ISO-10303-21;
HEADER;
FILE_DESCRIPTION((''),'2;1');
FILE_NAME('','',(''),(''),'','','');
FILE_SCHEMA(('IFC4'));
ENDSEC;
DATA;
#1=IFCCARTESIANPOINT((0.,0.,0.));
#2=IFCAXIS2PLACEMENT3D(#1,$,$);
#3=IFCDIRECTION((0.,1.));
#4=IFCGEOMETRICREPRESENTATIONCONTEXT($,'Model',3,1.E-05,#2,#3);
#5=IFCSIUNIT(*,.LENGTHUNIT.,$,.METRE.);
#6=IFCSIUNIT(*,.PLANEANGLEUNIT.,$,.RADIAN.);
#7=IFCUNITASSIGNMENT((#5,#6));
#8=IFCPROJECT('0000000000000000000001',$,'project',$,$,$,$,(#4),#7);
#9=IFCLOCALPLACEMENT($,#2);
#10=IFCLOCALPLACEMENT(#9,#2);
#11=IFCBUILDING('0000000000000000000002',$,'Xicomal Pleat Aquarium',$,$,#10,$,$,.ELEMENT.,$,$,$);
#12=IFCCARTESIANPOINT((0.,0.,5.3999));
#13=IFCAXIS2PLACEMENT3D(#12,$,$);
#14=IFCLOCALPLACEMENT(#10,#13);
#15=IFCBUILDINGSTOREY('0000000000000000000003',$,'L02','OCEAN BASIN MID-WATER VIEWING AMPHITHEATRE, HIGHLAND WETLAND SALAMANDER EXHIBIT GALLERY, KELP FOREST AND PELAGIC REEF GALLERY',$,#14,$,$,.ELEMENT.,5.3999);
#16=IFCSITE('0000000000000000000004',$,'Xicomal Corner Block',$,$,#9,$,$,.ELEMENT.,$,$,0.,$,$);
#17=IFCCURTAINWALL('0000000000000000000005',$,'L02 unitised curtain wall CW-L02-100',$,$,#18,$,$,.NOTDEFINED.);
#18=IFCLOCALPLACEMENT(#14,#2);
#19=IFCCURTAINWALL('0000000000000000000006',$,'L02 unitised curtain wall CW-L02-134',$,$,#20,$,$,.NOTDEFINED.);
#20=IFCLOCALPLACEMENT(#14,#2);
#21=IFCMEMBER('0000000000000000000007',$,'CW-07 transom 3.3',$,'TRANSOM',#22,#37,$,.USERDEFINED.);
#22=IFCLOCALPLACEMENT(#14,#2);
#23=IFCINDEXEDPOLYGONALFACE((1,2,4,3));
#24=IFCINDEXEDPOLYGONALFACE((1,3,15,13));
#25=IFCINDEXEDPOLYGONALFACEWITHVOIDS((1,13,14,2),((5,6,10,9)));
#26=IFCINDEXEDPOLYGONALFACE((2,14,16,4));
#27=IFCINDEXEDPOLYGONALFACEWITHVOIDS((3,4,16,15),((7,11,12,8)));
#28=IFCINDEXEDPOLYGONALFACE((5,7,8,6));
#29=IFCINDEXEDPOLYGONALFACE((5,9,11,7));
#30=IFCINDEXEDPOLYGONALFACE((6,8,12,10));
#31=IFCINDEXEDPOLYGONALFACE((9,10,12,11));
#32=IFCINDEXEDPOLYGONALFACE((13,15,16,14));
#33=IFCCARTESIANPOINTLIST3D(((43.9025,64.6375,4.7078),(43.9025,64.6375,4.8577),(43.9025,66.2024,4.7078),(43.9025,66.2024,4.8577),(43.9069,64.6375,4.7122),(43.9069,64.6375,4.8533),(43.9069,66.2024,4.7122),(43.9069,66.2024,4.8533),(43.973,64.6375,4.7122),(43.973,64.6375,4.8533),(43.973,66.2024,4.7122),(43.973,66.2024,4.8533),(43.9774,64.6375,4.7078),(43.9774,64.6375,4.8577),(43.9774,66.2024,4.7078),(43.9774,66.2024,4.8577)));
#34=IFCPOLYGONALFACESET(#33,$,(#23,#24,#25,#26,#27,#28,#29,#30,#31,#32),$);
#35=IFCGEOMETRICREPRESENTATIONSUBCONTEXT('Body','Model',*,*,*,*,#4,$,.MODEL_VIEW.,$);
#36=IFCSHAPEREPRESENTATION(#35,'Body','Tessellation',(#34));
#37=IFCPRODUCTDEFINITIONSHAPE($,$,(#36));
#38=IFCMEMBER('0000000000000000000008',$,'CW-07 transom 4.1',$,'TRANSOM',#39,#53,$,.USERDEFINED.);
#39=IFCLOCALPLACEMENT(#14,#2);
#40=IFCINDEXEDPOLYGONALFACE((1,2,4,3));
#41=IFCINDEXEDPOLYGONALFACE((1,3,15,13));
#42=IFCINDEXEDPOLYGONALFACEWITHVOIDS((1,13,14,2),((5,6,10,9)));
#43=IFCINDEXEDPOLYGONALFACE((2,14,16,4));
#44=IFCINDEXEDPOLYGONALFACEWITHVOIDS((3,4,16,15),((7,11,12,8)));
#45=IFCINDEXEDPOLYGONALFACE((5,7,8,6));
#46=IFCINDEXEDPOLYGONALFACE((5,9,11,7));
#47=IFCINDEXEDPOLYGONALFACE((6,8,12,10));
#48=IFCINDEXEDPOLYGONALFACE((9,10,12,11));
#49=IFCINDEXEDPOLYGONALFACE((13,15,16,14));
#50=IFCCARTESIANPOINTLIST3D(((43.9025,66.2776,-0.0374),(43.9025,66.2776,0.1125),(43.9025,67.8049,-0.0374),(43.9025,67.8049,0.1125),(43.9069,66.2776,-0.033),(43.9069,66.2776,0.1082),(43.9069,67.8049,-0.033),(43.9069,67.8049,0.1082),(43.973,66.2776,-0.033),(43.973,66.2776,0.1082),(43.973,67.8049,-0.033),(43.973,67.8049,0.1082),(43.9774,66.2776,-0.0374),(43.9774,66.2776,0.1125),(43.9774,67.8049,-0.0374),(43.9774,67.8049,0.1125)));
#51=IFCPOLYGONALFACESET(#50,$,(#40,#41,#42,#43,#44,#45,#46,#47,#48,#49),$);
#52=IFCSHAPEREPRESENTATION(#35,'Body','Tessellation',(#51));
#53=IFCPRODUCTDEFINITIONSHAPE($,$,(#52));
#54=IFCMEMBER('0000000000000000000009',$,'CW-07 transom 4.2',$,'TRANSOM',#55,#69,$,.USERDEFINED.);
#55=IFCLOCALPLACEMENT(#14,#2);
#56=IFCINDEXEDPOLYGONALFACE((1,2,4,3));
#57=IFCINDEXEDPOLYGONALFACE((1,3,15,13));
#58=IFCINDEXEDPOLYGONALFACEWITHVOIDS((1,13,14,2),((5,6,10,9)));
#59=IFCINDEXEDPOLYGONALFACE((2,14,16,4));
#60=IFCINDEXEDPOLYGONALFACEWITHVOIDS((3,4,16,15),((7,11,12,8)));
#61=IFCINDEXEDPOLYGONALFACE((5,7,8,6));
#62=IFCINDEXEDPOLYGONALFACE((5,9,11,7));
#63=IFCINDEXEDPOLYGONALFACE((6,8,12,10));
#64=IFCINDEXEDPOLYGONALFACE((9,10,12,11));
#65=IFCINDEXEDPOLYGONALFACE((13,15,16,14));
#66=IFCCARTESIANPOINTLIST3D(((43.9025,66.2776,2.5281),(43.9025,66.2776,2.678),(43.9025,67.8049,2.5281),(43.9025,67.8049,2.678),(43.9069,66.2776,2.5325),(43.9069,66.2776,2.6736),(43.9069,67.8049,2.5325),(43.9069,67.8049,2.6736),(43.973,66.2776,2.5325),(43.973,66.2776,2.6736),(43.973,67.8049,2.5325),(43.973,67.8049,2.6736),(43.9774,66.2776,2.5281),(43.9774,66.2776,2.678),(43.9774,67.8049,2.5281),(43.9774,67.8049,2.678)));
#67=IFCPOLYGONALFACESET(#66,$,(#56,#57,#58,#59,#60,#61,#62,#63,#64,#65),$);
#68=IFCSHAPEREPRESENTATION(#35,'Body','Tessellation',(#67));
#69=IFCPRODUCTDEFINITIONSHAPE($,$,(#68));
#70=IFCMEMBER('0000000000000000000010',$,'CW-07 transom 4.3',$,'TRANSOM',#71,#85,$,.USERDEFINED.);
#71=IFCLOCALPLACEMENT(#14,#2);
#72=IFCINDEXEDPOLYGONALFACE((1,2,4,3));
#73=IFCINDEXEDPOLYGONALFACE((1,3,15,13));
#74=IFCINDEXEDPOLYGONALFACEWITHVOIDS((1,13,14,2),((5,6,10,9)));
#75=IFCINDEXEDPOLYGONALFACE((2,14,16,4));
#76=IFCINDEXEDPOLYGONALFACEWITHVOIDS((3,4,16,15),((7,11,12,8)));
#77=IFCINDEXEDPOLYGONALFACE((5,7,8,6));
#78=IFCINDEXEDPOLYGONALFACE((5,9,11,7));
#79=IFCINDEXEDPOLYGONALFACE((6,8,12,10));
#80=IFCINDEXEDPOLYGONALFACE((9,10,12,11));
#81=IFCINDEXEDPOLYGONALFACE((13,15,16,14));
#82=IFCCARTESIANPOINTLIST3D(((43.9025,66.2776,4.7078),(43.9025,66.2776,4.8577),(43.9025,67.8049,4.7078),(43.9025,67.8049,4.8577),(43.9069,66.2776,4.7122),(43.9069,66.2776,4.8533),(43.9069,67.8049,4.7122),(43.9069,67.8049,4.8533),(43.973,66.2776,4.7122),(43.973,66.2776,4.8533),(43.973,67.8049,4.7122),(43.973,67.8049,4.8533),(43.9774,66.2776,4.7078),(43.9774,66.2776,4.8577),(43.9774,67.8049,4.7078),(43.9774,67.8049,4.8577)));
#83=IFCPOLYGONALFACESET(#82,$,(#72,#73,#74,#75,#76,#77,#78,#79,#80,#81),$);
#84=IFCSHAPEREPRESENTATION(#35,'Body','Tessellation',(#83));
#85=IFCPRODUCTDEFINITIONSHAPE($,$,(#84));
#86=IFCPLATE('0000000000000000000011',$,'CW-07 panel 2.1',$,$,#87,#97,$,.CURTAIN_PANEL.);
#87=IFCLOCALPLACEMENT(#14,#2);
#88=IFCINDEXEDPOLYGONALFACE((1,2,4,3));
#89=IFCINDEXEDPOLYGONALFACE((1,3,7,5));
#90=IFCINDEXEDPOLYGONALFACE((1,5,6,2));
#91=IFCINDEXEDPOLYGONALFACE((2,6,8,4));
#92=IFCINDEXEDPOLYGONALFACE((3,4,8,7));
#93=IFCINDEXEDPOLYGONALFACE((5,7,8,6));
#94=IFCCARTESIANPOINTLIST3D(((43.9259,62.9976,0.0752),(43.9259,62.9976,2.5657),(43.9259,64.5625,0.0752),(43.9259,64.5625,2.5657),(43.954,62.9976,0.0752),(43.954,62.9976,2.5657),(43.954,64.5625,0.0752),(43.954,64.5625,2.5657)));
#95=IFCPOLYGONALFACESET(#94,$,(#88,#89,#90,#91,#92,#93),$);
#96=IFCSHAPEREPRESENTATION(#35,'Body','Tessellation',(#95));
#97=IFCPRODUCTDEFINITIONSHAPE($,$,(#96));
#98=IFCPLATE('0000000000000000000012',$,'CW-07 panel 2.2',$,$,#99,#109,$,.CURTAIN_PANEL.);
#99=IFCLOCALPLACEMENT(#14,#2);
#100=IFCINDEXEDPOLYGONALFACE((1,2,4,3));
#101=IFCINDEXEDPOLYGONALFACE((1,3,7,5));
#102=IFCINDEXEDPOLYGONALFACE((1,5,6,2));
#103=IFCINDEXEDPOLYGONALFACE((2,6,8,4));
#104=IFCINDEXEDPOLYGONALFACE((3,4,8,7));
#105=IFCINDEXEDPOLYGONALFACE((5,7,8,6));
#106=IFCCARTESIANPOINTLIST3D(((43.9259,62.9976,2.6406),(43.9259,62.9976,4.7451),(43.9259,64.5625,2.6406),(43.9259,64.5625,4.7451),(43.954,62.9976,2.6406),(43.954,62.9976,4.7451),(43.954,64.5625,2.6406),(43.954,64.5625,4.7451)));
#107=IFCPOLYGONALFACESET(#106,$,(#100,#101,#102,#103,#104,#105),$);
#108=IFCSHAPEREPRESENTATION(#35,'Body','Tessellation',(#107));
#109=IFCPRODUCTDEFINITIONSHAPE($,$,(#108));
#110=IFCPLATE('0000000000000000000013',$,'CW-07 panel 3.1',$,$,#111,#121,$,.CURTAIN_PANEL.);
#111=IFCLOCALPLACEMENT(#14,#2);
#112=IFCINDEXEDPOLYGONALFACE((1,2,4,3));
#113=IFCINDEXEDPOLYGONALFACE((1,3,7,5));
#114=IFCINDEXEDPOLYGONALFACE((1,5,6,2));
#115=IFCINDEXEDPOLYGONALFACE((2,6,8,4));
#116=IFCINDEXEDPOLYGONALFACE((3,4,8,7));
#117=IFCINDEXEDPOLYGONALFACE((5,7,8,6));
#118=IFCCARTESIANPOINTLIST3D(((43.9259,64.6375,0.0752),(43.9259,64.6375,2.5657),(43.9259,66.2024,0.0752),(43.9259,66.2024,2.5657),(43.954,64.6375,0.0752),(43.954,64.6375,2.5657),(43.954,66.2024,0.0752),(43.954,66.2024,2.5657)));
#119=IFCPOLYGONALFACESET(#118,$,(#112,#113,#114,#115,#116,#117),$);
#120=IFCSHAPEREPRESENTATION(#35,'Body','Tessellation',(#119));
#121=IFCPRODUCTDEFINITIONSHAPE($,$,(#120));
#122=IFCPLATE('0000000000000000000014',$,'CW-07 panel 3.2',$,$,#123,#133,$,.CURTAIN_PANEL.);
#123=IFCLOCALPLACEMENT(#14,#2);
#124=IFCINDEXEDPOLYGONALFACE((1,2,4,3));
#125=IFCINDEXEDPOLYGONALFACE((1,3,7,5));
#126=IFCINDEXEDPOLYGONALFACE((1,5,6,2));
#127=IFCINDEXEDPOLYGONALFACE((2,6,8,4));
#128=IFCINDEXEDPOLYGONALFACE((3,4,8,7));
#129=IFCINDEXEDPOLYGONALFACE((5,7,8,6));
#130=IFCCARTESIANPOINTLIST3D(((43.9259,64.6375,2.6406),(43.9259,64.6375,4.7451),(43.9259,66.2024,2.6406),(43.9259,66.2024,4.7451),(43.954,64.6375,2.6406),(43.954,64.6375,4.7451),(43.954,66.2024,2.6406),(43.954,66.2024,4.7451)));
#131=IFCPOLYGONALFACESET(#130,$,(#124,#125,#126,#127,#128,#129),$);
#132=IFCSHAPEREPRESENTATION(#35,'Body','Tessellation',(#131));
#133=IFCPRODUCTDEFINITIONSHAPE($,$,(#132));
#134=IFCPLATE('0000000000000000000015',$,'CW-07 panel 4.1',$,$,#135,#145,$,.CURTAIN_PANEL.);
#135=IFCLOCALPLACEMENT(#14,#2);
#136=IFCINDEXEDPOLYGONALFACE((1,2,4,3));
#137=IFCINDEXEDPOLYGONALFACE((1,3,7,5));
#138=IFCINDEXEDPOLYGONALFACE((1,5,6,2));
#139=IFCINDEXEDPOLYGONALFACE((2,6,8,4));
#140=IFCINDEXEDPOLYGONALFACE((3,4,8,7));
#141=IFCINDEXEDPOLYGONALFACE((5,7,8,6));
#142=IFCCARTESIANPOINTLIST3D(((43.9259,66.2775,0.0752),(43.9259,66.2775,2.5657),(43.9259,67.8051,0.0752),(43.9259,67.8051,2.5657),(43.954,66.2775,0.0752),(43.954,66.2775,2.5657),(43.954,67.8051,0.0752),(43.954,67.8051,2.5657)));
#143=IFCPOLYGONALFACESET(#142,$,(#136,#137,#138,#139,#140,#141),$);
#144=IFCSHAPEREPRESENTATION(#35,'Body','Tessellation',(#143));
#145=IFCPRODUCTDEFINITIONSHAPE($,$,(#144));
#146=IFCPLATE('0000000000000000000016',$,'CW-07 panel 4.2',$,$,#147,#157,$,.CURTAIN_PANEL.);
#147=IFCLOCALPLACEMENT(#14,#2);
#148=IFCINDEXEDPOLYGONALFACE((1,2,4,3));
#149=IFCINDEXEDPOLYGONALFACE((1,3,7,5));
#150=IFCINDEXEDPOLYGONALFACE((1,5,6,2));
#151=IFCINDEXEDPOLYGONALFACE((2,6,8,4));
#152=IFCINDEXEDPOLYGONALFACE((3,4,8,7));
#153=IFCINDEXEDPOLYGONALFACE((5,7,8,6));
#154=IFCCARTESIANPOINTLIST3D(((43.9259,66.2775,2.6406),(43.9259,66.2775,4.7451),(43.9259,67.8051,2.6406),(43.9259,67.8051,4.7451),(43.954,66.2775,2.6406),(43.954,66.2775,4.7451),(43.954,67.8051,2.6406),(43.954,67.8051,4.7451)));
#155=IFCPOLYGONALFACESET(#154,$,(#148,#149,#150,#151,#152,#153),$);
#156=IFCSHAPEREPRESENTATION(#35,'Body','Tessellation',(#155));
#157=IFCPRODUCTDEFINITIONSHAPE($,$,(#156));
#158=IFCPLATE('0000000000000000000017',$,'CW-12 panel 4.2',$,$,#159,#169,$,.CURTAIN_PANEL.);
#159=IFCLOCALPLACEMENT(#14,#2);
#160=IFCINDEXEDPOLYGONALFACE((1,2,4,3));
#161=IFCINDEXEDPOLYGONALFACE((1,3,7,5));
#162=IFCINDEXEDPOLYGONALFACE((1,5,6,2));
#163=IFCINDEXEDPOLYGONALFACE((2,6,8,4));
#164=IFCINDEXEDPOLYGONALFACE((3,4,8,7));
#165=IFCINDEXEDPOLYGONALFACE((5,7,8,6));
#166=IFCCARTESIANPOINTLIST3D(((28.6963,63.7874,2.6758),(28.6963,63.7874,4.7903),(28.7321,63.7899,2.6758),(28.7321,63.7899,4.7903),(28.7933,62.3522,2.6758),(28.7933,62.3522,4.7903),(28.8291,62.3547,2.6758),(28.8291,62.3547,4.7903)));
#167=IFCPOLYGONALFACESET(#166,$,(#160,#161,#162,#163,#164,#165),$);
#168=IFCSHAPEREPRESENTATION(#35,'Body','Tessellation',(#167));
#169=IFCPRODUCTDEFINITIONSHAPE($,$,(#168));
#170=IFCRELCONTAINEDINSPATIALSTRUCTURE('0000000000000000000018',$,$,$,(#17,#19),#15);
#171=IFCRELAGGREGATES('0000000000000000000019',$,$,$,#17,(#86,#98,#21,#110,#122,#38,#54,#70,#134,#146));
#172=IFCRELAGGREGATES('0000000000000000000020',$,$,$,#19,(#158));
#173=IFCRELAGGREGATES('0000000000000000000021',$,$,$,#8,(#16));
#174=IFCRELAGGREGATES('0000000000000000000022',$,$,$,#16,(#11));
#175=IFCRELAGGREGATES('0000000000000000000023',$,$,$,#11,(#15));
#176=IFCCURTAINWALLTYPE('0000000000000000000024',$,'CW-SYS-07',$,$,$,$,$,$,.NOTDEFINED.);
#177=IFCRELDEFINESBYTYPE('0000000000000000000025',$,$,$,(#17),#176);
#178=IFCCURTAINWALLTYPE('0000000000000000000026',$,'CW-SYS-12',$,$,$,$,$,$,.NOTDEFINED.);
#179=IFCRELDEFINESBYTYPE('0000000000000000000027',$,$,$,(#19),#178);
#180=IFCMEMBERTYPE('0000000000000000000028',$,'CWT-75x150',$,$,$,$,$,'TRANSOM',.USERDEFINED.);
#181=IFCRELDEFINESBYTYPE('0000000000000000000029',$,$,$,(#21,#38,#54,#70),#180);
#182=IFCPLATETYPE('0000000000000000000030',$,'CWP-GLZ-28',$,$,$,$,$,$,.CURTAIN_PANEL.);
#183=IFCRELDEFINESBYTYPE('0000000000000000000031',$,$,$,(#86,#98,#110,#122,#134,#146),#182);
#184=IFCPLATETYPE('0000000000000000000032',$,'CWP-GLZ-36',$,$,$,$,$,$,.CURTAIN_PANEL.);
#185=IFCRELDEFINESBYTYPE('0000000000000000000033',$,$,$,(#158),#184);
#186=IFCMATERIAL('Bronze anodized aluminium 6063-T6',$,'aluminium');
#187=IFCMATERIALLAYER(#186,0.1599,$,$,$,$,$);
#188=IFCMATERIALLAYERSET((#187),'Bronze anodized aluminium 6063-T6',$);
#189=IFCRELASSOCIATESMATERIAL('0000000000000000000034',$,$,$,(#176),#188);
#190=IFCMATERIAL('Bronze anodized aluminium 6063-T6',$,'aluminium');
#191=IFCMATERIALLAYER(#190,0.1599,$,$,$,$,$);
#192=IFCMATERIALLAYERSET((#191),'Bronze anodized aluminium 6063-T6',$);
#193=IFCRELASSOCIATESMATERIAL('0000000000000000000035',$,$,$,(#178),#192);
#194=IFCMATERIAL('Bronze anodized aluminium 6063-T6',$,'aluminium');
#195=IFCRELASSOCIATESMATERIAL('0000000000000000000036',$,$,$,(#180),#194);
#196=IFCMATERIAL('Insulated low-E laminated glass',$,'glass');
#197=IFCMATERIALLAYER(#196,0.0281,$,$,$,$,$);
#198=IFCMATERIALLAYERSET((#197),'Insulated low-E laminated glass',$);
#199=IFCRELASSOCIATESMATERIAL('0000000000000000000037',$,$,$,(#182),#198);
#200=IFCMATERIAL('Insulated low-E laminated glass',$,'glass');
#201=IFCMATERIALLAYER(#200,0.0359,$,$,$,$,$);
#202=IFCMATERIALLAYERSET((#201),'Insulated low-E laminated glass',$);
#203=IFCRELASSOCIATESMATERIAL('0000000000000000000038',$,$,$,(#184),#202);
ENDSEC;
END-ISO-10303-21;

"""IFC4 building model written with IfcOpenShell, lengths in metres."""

from ifc_helpers import new_model, si_unit, direction, frame, origin, origin_2d, place, context, subcontext, project, spatial, rectangle, hollow_rectangle, extrude, material, layer, layer_set, material_profile, profile_set, type_object, element, aggregate, save


model = new_model("IFC4")

# Units and contexts
model_context = context("Model", 3, precision=1e-05, world=origin(), true_north=direction((0.0, 1.0)))
body_context = subcontext(model_context, "Body", "Model", "MODEL_VIEW")
ifc_project = project(units=[si_unit("LENGTHUNIT", "METRE"), si_unit("PLANEANGLEUNIT", "RADIAN")], contexts=[model_context])

# Site, building, storey
site_placement = place(None, origin())
site = spatial("IfcSite", under=ifc_project, at=site_placement, Name="Xicomal Corner Block", CompositionType="ELEMENT", RefElevation=0.0)
building_placement = place(site_placement, origin())
building = spatial("IfcBuilding", under=site, at=building_placement, Name="Xicomal Pleat Aquarium", CompositionType="ELEMENT")
storey_placement = place(building_placement, frame((0.0, 0.0, 5.3999)))
storey = spatial("IfcBuildingStorey", under=building, at=storey_placement, Name="L02", Description="OCEAN BASIN MID-WATER VIEWING AMPHITHEATRE, HIGHLAND WETLAND SALAMANDER EXHIBIT GALLERY, KELP FOREST AND PELAGIC REEF GALLERY", CompositionType="ELEMENT", Elevation=5.3999)

# Curtain wall
ifc_material_1 = material(Name="Bronze anodized aluminium 6063-T6", Category="aluminium")
ifc_layer_1 = layer(ifc_material_1, 0.1599)
ifc_layer_set_1 = layer_set([ifc_layer_1], Name="Bronze anodized aluminium 6063-T6")
curtain_wall_type_1 = type_object("IfcCurtainWallType", Name="CW-SYS-07", PredefinedType="NOTDEFINED", material=ifc_layer_set_1)
curtain_wall_1_placement = place(storey_placement, origin())
curtain_wall_1 = element("IfcCurtainWall", 1, at=curtain_wall_1_placement, inside=storey, type_object=curtain_wall_type_1, Name="L02 unitised curtain wall CW-L02-100", PredefinedType="NOTDEFINED")

# Curtain wall
ifc_material_2 = material(Name="Bronze anodized aluminium 6063-T6", Category="aluminium")
ifc_layer_2 = layer(ifc_material_2, 0.1599)
ifc_layer_set_2 = layer_set([ifc_layer_2], Name="Bronze anodized aluminium 6063-T6")
curtain_wall_type_2 = type_object("IfcCurtainWallType", Name="CW-SYS-12", PredefinedType="NOTDEFINED", material=ifc_layer_set_2)
curtain_wall_2_placement = place(storey_placement, origin())
curtain_wall_2 = element("IfcCurtainWall", 2, at=curtain_wall_2_placement, inside=storey, type_object=curtain_wall_type_2, Name="L02 unitised curtain wall CW-L02-134", PredefinedType="NOTDEFINED")

# Members
ifc_material_3 = material(Name="Bronze anodized aluminium 6063-T6", Category="aluminium")
ifc_material_profile_1 = material_profile(ifc_material_3, hollow_rectangle(XDim=0.075, YDim=0.1499, WallThickness=0.0044, at=origin_2d()), Name="ALU TRAN 75x150")
ifc_profile_set_1 = profile_set([ifc_material_profile_1], Name="Bronze anodized aluminium 6063-T6")
member_type_1 = type_object("IfcMemberType", Name="CWT-75x150", ElementType="TRANSOM", PredefinedType="USERDEFINED", material=ifc_profile_set_1)
member_1_placement = place(storey_placement, frame((43.9399, 64.6375, 4.7827), z_axis=(0.0, 1.0, 0.0), x_axis=(-1.0, 0.0, 0.0)))
member_1 = element("IfcMember", 3, at=member_1_placement, type_object=member_type_1, Name="CW-07 transom 3.3", ObjectType="TRANSOM", PredefinedType="USERDEFINED", context=body_context, shape_type="SweptSolid", body=[
    extrude(hollow_rectangle(XDim=0.075, YDim=0.1499, WallThickness=0.0044, at=origin_2d()), origin(), (0.0, 0.0, 1.0), 1.5649),
])
member_2_placement = place(storey_placement, frame((43.9399, 66.2776, 0.0376), z_axis=(0.0, 1.0, 0.0), x_axis=(-1.0, 0.0, 0.0)))
member_2 = element("IfcMember", 4, at=member_2_placement, type_object=member_type_1, Name="CW-07 transom 4.1", ObjectType="TRANSOM", PredefinedType="USERDEFINED", context=body_context, shape_type="SweptSolid", body=[
    extrude(hollow_rectangle(XDim=0.075, YDim=0.1499, WallThickness=0.0044, at=origin_2d()), origin(), (0.0, 0.0, 1.0), 1.5273),
])
member_3_placement = place(storey_placement, frame((43.9399, 66.2776, 2.603), z_axis=(0.0, 1.0, 0.0), x_axis=(-1.0, 0.0, 0.0)))
member_3 = element("IfcMember", 5, at=member_3_placement, type_object=member_type_1, Name="CW-07 transom 4.2", ObjectType="TRANSOM", PredefinedType="USERDEFINED", context=body_context, shape_type="SweptSolid", body=[
    extrude(hollow_rectangle(XDim=0.075, YDim=0.1499, WallThickness=0.0044, at=origin_2d()), origin(), (0.0, 0.0, 1.0), 1.5273),
])
member_4_placement = place(storey_placement, frame((43.9399, 66.2776, 4.7827), z_axis=(0.0, 1.0, 0.0), x_axis=(-1.0, 0.0, 0.0)))
member_4 = element("IfcMember", 6, at=member_4_placement, type_object=member_type_1, Name="CW-07 transom 4.3", ObjectType="TRANSOM", PredefinedType="USERDEFINED", context=body_context, shape_type="SweptSolid", body=[
    extrude(hollow_rectangle(XDim=0.075, YDim=0.1499, WallThickness=0.0044, at=origin_2d()), origin(), (0.0, 0.0, 1.0), 1.5273),
])

# Plates
ifc_material_4 = material(Name="Insulated low-E laminated glass", Category="glass")
ifc_layer_3 = layer(ifc_material_4, 0.0281)
ifc_layer_set_3 = layer_set([ifc_layer_3], Name="Insulated low-E laminated glass")
plate_type_1 = type_object("IfcPlateType", Name="CWP-GLZ-28", PredefinedType="CURTAIN_PANEL", material=ifc_layer_set_3)
plate_1_placement = place(storey_placement, frame((43.9399, 63.78, 0.0752), z_axis=(0.0, 0.0, 1.0), x_axis=(0.0, 1.0, 0.0)))
plate_1 = element("IfcPlate", 7, at=plate_1_placement, type_object=plate_type_1, Name="CW-07 panel 2.1", PredefinedType="CURTAIN_PANEL", context=body_context, shape_type="SweptSolid", body=[
    extrude(rectangle(XDim=1.5649, YDim=0.0281, at=origin_2d()), origin(), (0.0, 0.0, 1.0), 2.4905),
])
plate_2_placement = place(storey_placement, frame((43.9399, 63.78, 2.6406), z_axis=(0.0, 0.0, 1.0), x_axis=(0.0, 1.0, 0.0)))
plate_2 = element("IfcPlate", 8, at=plate_2_placement, type_object=plate_type_1, Name="CW-07 panel 2.2", PredefinedType="CURTAIN_PANEL", context=body_context, shape_type="SweptSolid", body=[
    extrude(rectangle(XDim=1.5649, YDim=0.0281, at=origin_2d()), origin(), (0.0, 0.0, 1.0), 2.1045),
])
plate_3_placement = place(storey_placement, frame((43.9399, 65.4199, 0.0752), z_axis=(0.0, 0.0, 1.0), x_axis=(0.0, 1.0, 0.0)))
plate_3 = element("IfcPlate", 9, at=plate_3_placement, type_object=plate_type_1, Name="CW-07 panel 3.1", PredefinedType="CURTAIN_PANEL", context=body_context, shape_type="SweptSolid", body=[
    extrude(rectangle(XDim=1.5649, YDim=0.0281, at=origin_2d()), origin(), (0.0, 0.0, 1.0), 2.4905),
])
plate_4_placement = place(storey_placement, frame((43.9399, 65.4199, 2.6406), z_axis=(0.0, 0.0, 1.0), x_axis=(0.0, 1.0, 0.0)))
plate_4 = element("IfcPlate", 10, at=plate_4_placement, type_object=plate_type_1, Name="CW-07 panel 3.2", PredefinedType="CURTAIN_PANEL", context=body_context, shape_type="SweptSolid", body=[
    extrude(rectangle(XDim=1.5649, YDim=0.0281, at=origin_2d()), origin(), (0.0, 0.0, 1.0), 2.1045),
])
plate_5_placement = place(storey_placement, frame((43.9399, 67.0413, 0.0752), z_axis=(0.0, 0.0, 1.0), x_axis=(0.0, 1.0, 0.0)))
plate_5 = element("IfcPlate", 11, at=plate_5_placement, type_object=plate_type_1, Name="CW-07 panel 4.1", PredefinedType="CURTAIN_PANEL", context=body_context, shape_type="SweptSolid", body=[
    extrude(rectangle(XDim=1.5276, YDim=0.0281, at=origin_2d()), origin(), (0.0, 0.0, 1.0), 2.4905),
])
plate_6_placement = place(storey_placement, frame((43.9399, 67.0413, 2.6406), z_axis=(0.0, 0.0, 1.0), x_axis=(0.0, 1.0, 0.0)))
plate_6 = element("IfcPlate", 12, at=plate_6_placement, type_object=plate_type_1, Name="CW-07 panel 4.2", PredefinedType="CURTAIN_PANEL", context=body_context, shape_type="SweptSolid", body=[
    extrude(rectangle(XDim=1.5276, YDim=0.0281, at=origin_2d()), origin(), (0.0, 0.0, 1.0), 2.1045),
])
aggregate(curtain_wall_1, [plate_1, plate_2, member_1, plate_3, plate_4, member_2, member_3, member_4, plate_5, plate_6])
ifc_material_5 = material(Name="Insulated low-E laminated glass", Category="glass")
ifc_layer_4 = layer(ifc_material_5, 0.0359)
ifc_layer_set_4 = layer_set([ifc_layer_4], Name="Insulated low-E laminated glass")
plate_type_2 = type_object("IfcPlateType", Name="CWP-GLZ-36", PredefinedType="CURTAIN_PANEL", material=ifc_layer_set_4)
plate_7_placement = place(storey_placement, frame((28.7627, 63.071, 2.6758), z_axis=(0.0, 0.0, 1.0), x_axis=(0.067477, -0.997721, 0.0)))
plate_7 = element("IfcPlate", 13, at=plate_7_placement, type_object=plate_type_2, Name="CW-12 panel 4.2", PredefinedType="CURTAIN_PANEL", context=body_context, shape_type="SweptSolid", body=[
    extrude(rectangle(XDim=1.4385, YDim=0.0359, at=origin_2d()), origin(), (0.0, 0.0, 1.0), 2.1145),
])
aggregate(curtain_wall_2, [plate_7])

save(model, "model.ifc")
